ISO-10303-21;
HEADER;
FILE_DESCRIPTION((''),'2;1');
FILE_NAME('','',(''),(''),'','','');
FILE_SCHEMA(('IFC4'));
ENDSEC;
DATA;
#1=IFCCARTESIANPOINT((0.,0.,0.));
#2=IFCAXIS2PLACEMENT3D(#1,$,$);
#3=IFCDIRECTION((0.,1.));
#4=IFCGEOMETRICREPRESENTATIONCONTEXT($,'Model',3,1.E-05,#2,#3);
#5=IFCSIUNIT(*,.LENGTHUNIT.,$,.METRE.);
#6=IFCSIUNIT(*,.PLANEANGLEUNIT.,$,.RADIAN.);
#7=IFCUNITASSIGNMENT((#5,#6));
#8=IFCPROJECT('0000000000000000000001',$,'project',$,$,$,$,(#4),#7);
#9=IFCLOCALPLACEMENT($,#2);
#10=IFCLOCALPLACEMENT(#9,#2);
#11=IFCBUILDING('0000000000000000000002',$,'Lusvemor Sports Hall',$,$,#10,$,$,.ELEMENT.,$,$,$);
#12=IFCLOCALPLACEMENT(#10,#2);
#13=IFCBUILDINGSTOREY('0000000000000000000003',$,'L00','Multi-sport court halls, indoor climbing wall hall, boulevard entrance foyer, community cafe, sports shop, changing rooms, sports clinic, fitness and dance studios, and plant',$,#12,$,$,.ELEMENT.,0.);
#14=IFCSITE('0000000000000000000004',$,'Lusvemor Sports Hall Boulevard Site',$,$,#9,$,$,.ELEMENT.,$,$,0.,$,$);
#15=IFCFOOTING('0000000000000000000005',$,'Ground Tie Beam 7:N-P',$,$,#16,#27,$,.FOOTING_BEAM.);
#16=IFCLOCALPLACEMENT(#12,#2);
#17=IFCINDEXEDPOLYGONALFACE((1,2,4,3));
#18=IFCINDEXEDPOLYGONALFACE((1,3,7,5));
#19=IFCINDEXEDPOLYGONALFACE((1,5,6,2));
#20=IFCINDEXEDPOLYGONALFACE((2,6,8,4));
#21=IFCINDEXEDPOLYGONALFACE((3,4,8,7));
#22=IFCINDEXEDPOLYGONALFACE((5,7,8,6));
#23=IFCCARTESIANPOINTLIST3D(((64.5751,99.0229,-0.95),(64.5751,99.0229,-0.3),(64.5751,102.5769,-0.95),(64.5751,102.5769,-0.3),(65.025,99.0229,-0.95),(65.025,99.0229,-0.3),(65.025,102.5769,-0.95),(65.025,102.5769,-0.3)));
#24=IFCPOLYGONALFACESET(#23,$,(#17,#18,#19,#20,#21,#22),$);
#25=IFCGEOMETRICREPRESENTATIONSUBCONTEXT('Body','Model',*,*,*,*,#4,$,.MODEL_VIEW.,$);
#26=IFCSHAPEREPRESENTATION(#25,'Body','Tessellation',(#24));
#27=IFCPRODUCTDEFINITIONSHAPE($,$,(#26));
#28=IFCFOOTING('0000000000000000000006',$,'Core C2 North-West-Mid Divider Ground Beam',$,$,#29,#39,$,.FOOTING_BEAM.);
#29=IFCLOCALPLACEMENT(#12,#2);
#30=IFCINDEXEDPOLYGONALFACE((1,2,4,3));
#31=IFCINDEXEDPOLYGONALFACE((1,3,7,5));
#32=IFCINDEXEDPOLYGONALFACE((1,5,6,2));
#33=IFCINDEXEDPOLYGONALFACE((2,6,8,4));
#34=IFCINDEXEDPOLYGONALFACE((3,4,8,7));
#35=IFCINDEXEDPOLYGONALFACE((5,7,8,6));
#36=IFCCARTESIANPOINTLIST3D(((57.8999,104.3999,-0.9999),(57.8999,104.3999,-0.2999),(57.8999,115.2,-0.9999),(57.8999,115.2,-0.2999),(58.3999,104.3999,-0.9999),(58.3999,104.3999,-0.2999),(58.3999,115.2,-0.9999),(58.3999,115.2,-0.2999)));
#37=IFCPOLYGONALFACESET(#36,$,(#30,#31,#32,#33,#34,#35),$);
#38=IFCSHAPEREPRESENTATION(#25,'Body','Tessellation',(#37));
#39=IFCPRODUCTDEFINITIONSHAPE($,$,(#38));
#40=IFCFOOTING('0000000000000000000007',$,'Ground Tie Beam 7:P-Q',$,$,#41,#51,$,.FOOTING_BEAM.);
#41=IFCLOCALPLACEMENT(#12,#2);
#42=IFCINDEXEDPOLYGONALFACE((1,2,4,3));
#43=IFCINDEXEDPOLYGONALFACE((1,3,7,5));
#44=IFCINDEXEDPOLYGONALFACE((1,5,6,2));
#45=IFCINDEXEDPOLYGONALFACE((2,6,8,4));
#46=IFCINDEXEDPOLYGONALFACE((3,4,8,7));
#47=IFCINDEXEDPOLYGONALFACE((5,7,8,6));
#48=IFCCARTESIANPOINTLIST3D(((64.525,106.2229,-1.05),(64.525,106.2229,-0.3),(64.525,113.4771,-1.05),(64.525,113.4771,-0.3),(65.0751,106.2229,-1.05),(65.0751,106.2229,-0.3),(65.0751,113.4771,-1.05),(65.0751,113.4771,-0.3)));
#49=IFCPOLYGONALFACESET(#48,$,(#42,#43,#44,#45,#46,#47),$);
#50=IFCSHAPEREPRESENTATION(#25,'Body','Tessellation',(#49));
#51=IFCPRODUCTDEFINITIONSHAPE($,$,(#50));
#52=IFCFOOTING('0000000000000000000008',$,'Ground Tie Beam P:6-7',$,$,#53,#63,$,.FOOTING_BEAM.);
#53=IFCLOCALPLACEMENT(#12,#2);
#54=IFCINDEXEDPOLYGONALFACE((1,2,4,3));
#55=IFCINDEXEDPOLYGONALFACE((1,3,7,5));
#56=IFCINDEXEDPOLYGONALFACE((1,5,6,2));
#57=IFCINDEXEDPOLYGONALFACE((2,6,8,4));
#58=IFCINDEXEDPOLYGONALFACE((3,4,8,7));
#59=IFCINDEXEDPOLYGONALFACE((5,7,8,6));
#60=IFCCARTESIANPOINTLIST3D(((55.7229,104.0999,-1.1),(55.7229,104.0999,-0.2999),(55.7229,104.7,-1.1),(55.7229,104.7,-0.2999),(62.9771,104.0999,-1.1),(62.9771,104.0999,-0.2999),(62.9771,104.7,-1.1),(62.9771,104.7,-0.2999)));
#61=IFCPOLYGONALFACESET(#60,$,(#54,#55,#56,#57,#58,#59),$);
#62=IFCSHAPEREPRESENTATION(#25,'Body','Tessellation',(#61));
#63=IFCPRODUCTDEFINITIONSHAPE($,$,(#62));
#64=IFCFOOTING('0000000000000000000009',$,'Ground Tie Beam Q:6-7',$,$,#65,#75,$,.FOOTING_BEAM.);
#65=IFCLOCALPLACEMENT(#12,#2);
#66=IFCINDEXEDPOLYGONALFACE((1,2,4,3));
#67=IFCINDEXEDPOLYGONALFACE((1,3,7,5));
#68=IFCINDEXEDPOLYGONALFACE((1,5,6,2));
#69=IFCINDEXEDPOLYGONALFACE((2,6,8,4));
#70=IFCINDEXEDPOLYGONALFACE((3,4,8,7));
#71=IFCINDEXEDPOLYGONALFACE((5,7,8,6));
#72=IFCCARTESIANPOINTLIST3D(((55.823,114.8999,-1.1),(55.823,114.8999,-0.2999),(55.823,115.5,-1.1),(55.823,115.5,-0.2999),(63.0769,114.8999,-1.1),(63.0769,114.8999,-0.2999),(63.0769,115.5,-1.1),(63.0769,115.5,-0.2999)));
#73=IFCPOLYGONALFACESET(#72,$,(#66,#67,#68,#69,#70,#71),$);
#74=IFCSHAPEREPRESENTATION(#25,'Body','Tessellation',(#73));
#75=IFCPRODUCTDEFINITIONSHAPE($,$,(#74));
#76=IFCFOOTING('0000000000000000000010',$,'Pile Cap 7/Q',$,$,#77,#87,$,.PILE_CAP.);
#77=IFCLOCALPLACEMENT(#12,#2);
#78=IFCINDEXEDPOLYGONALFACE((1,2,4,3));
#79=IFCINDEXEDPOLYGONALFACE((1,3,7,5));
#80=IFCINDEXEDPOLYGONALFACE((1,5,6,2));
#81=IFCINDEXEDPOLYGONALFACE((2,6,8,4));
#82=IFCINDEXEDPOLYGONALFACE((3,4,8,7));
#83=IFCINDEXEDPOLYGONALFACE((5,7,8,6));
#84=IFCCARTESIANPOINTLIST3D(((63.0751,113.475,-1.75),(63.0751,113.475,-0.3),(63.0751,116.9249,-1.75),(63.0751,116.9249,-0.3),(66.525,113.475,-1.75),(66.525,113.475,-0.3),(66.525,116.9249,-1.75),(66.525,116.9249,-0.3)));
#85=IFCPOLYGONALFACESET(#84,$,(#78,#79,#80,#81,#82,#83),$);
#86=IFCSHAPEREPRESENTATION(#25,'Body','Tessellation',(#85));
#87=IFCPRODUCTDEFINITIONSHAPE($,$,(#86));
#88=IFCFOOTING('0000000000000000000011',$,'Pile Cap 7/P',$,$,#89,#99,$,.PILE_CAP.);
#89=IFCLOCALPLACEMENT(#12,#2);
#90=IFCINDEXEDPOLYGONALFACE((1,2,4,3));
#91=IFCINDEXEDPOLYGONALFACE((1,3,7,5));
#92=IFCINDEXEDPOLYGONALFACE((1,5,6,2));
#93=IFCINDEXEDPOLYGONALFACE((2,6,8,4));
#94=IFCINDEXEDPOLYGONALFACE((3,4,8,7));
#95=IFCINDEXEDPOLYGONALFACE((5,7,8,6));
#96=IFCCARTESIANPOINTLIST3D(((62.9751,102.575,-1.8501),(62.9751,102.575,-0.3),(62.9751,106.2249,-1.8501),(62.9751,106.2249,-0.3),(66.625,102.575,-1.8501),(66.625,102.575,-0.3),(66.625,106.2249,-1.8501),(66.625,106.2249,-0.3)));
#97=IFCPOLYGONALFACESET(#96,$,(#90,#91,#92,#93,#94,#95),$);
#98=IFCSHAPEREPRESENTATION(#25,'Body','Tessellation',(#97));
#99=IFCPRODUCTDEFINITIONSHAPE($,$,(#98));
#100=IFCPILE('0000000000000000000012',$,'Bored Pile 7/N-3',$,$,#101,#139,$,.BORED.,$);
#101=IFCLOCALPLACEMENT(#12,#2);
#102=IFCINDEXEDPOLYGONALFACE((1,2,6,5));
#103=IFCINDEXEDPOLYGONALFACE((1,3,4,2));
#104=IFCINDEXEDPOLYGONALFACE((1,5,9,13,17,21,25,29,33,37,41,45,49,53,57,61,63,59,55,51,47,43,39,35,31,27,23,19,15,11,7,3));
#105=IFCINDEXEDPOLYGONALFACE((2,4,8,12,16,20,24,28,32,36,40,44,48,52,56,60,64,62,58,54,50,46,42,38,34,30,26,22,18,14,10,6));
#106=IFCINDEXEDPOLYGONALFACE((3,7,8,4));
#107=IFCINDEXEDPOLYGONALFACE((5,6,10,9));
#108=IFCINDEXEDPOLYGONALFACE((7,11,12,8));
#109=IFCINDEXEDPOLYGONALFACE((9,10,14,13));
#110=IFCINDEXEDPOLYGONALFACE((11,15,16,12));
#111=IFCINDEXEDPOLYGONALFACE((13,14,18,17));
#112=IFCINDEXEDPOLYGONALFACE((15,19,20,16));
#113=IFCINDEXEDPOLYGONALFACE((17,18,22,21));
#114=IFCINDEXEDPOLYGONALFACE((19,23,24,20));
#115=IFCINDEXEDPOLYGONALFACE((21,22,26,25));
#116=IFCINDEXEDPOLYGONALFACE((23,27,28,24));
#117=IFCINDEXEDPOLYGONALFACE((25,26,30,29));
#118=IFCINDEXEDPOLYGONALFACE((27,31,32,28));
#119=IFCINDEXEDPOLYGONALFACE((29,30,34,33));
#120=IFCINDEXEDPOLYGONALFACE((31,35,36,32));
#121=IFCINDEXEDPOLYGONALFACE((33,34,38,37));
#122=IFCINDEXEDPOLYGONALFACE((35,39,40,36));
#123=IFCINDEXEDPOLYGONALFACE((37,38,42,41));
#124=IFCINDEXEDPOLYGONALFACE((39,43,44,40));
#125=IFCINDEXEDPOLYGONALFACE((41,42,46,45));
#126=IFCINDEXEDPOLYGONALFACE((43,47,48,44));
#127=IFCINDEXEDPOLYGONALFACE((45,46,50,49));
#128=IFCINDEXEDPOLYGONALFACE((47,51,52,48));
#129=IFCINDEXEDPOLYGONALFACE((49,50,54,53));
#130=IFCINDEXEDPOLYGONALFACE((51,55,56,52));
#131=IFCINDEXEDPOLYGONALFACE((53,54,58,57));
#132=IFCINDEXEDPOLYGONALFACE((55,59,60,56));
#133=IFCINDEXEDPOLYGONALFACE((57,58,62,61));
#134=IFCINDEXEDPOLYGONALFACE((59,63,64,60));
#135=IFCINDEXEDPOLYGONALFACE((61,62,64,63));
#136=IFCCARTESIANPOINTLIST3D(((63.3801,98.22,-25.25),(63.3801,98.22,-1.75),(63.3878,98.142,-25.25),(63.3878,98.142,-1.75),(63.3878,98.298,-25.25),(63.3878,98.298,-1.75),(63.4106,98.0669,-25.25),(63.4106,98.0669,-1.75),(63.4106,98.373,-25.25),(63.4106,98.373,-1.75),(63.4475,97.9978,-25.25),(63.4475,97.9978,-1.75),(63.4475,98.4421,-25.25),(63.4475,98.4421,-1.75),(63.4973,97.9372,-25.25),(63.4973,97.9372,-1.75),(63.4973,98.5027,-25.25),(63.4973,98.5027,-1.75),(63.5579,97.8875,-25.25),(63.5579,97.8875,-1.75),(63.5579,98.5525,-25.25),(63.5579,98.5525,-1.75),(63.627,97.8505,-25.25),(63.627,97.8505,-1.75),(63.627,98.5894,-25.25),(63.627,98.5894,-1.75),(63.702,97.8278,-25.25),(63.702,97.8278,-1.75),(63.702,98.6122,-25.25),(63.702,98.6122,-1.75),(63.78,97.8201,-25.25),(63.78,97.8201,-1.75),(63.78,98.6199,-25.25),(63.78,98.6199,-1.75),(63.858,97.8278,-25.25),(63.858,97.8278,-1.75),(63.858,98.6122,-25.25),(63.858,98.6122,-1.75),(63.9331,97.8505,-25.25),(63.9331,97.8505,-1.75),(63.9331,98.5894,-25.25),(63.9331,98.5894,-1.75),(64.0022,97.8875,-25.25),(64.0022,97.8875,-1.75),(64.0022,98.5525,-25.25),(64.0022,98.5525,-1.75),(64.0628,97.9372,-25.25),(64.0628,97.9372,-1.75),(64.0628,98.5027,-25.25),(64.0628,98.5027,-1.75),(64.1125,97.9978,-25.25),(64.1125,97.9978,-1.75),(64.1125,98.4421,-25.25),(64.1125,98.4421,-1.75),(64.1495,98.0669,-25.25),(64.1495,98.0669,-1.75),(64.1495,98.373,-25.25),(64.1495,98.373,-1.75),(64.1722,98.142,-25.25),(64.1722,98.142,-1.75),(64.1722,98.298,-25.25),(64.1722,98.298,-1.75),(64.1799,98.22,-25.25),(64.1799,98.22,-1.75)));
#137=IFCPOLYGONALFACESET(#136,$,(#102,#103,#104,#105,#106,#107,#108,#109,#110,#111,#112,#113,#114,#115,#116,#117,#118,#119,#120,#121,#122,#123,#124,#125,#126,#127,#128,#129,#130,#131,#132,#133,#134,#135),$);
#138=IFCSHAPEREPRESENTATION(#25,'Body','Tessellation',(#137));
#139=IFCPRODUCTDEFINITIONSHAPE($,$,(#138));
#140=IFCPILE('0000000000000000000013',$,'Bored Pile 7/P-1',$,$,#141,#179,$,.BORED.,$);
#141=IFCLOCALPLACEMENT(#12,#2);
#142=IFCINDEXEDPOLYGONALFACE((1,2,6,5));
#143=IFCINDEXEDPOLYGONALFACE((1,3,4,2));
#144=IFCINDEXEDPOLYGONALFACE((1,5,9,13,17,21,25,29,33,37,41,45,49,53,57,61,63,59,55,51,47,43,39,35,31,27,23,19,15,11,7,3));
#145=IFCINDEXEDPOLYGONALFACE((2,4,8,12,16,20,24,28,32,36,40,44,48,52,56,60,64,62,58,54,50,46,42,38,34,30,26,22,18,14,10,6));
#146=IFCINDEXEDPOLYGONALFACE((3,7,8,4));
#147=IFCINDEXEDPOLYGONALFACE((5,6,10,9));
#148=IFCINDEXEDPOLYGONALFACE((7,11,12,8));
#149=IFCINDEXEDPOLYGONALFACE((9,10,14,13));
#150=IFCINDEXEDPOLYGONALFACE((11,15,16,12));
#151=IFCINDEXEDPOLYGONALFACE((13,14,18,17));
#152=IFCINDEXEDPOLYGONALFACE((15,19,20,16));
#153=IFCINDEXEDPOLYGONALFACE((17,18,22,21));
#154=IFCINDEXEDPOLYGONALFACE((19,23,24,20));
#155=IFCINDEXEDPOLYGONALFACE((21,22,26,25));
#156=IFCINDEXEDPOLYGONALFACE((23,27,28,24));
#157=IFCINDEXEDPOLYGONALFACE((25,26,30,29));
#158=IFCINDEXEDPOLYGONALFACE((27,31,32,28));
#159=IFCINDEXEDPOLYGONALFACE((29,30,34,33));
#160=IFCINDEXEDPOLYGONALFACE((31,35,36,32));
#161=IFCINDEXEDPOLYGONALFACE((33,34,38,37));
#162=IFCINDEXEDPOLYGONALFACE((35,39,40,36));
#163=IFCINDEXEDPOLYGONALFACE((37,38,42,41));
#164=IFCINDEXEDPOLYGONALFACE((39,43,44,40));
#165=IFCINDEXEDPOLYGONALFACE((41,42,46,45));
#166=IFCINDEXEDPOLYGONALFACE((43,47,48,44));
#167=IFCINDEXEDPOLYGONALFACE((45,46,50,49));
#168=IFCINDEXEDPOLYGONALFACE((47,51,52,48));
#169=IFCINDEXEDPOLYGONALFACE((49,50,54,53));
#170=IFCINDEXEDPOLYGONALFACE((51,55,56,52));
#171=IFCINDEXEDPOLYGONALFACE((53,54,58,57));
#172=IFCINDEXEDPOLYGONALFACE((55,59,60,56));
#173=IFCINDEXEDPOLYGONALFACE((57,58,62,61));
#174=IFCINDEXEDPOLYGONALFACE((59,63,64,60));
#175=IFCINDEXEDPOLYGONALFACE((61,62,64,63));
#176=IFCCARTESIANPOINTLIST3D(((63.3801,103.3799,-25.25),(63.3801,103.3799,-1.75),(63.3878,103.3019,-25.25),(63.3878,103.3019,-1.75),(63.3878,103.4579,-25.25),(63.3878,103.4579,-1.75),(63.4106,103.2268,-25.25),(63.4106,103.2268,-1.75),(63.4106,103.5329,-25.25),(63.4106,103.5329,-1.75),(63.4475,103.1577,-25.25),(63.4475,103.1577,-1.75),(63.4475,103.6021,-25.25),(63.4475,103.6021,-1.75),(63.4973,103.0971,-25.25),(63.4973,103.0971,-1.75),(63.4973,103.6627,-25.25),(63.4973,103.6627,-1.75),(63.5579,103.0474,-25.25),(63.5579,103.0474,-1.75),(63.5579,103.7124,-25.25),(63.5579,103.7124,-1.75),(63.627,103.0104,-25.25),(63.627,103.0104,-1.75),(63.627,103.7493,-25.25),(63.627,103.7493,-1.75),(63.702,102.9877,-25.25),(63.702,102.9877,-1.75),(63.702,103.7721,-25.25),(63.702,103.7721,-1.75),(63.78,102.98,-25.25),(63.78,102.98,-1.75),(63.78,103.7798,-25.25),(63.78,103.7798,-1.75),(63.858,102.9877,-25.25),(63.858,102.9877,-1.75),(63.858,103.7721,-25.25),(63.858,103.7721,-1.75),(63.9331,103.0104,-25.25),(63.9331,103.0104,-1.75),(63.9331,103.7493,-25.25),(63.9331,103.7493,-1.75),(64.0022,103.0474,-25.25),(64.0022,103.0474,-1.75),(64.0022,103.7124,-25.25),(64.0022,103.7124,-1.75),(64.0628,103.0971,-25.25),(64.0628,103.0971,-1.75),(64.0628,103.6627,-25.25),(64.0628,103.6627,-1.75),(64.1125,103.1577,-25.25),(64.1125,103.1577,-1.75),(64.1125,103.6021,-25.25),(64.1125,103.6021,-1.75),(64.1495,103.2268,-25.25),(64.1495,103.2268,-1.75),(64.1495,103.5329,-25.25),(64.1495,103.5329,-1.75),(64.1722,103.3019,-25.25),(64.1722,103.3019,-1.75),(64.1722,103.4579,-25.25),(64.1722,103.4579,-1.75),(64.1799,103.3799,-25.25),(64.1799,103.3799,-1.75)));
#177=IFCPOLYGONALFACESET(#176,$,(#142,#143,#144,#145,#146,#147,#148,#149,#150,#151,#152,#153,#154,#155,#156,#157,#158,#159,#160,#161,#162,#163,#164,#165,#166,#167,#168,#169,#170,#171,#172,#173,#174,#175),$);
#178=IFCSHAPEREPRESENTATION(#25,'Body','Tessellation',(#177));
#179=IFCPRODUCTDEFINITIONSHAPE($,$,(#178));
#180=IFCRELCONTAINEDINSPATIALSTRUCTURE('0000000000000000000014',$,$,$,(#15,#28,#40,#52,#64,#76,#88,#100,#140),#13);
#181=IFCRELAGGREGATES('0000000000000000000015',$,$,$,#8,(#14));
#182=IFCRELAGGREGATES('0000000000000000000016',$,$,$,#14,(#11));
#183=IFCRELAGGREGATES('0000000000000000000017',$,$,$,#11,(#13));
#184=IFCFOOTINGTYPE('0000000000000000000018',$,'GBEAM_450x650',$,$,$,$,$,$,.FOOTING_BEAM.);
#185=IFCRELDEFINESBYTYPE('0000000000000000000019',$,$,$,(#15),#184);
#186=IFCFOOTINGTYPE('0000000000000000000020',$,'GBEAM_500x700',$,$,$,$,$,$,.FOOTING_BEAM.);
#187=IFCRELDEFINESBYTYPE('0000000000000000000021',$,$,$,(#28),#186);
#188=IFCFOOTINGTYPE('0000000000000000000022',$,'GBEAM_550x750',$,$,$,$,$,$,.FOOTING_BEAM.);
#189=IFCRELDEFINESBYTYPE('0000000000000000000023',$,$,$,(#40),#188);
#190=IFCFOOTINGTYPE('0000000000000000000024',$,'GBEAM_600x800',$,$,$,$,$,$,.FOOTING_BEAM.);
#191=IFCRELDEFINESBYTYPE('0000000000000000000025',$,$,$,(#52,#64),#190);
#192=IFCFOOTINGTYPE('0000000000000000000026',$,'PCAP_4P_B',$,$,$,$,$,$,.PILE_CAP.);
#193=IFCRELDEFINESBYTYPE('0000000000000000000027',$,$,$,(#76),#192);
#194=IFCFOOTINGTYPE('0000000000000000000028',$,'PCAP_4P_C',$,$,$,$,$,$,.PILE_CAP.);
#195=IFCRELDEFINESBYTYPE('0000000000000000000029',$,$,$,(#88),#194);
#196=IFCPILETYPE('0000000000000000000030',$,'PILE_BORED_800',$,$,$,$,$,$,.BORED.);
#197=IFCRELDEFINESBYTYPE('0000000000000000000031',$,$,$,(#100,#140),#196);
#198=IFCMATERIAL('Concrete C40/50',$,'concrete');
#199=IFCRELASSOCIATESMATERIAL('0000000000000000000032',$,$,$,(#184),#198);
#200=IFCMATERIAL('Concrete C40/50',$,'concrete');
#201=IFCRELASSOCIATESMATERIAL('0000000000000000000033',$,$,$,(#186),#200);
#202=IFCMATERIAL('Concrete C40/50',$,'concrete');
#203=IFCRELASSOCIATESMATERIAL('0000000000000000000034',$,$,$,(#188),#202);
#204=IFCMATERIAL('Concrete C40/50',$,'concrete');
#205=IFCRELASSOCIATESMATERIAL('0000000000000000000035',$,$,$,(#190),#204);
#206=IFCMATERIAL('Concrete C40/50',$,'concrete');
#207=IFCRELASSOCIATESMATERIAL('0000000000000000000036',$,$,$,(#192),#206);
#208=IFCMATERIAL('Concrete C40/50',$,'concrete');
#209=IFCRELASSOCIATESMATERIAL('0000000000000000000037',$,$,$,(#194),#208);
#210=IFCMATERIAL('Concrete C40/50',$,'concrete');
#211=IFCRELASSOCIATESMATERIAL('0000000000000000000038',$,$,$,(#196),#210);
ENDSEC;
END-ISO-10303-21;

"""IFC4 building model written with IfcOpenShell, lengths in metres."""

from ifc_helpers import new_model, si_unit, direction, frame, origin, origin_2d, place, context, subcontext, project, spatial, rectangle, circle, extrude, material, material_profile, profile_set, type_object, element, save


model = new_model("IFC4")

# Units and contexts
model_context = context("Model", 3, precision=1e-05, world=origin(), true_north=direction((0.0, 1.0)))
body_context = subcontext(model_context, "Body", "Model", "MODEL_VIEW")
ifc_project = project(units=[si_unit("LENGTHUNIT", "METRE"), si_unit("PLANEANGLEUNIT", "RADIAN")], contexts=[model_context])

# Site, building, storey
site_placement = place(None, origin())
site = spatial("IfcSite", under=ifc_project, at=site_placement, Name="Lusvemor Sports Hall Boulevard Site", CompositionType="ELEMENT", RefElevation=0.0)
building_placement = place(site_placement, origin())
building = spatial("IfcBuilding", under=site, at=building_placement, Name="Lusvemor Sports Hall", CompositionType="ELEMENT")
storey_placement = place(building_placement, origin())
storey = spatial("IfcBuildingStorey", under=building, at=storey_placement, Name="L00", Description="Multi-sport court halls, indoor climbing wall hall, boulevard entrance foyer, community cafe, sports shop, changing rooms, sports clinic, fitness and dance studios, and plant", CompositionType="ELEMENT", Elevation=0.0)

# Footings
ifc_material_1 = material(Name="Concrete C40/50", Category="concrete")
ifc_material_profile_1 = material_profile(ifc_material_1, rectangle(XDim=0.45, YDim=0.6499, at=origin_2d()), Name="GB_450x650")
ifc_profile_set_1 = profile_set([ifc_material_profile_1], Name="Concrete C40/50")
footing_type_1 = type_object("IfcFootingType", Name="GBEAM_450x650", PredefinedType="FOOTING_BEAM", material=ifc_profile_set_1)
footing_1_placement = place(storey_placement, frame((64.8, 99.0229, -0.625), z_axis=(0.0, 1.0, 0.0), x_axis=(-1.0, 0.0, 0.0)))
element("IfcFooting", 1, at=footing_1_placement, inside=storey, type_object=footing_type_1, Name="Ground Tie Beam 7:N-P", PredefinedType="FOOTING_BEAM", context=body_context, shape_type="SweptSolid", body=[
    extrude(rectangle(XDim=0.45, YDim=0.6499, at=origin_2d()), origin(), (0.0, 0.0, 1.0), 3.554),
])
ifc_material_2 = material(Name="Concrete C40/50", Category="concrete")
ifc_material_profile_2 = material_profile(ifc_material_2, rectangle(XDim=0.5, YDim=0.7, at=origin_2d()), Name="GB_500x700")
ifc_profile_set_2 = profile_set([ifc_material_profile_2], Name="Concrete C40/50")
footing_type_2 = type_object("IfcFootingType", Name="GBEAM_500x700", PredefinedType="FOOTING_BEAM", material=ifc_profile_set_2)
footing_2_placement = place(storey_placement, frame((58.1499, 104.3999, -0.6499), z_axis=(0.0, 1.0, 0.0), x_axis=(-1.0, 0.0, 0.0)))
element("IfcFooting", 2, at=footing_2_placement, inside=storey, type_object=footing_type_2, Name="Core C2 North-West-Mid Divider Ground Beam", PredefinedType="FOOTING_BEAM", context=body_context, shape_type="SweptSolid", body=[
    extrude(rectangle(XDim=0.5, YDim=0.7, at=origin_2d()), origin(), (0.0, 0.0, 1.0), 10.8),
])
ifc_material_3 = material(Name="Concrete C40/50", Category="concrete")
ifc_material_profile_3 = material_profile(ifc_material_3, rectangle(XDim=0.55, YDim=0.75, at=origin_2d()), Name="GB_550x750")
ifc_profile_set_3 = profile_set([ifc_material_profile_3], Name="Concrete C40/50")
footing_type_3 = type_object("IfcFootingType", Name="GBEAM_550x750", PredefinedType="FOOTING_BEAM", material=ifc_profile_set_3)
footing_3_placement = place(storey_placement, frame((64.8, 106.2229, -0.675), z_axis=(0.0, 1.0, 0.0), x_axis=(-1.0, 0.0, 0.0)))
element("IfcFooting", 3, at=footing_3_placement, inside=storey, type_object=footing_type_3, Name="Ground Tie Beam 7:P-Q", PredefinedType="FOOTING_BEAM", context=body_context, shape_type="SweptSolid", body=[
    extrude(rectangle(XDim=0.55, YDim=0.75, at=origin_2d()), origin(), (0.0, 0.0, 1.0), 7.2542),
])
ifc_material_4 = material(Name="Concrete C40/50", Category="concrete")
ifc_material_profile_4 = material_profile(ifc_material_4, rectangle(XDim=0.6001, YDim=0.8, at=origin_2d()), Name="GB_600x800")
ifc_profile_set_4 = profile_set([ifc_material_profile_4], Name="Concrete C40/50")
footing_type_4 = type_object("IfcFootingType", Name="GBEAM_600x800", PredefinedType="FOOTING_BEAM", material=ifc_profile_set_4)
footing_4_placement = place(storey_placement, frame((55.7229, 104.3999, -0.7), z_axis=(1.0, 0.0, 0.0), x_axis=(0.0, 1.0, 0.0)))
element("IfcFooting", 4, at=footing_4_placement, inside=storey, type_object=footing_type_4, Name="Ground Tie Beam P:6-7", PredefinedType="FOOTING_BEAM", context=body_context, shape_type="SweptSolid", body=[
    extrude(rectangle(XDim=0.6001, YDim=0.8, at=origin_2d()), origin(), (0.0, 0.0, 1.0), 7.2542),
])
footing_5_placement = place(storey_placement, frame((55.823, 115.2, -0.7), z_axis=(1.0, 0.0, 0.0), x_axis=(0.0, 1.0, 0.0)))
element("IfcFooting", 5, at=footing_5_placement, inside=storey, type_object=footing_type_4, Name="Ground Tie Beam Q:6-7", PredefinedType="FOOTING_BEAM", context=body_context, shape_type="SweptSolid", body=[
    extrude(rectangle(XDim=0.6001, YDim=0.8, at=origin_2d()), origin(), (0.0, 0.0, 1.0), 7.2539),
])
ifc_material_5 = material(Name="Concrete C40/50", Category="concrete")
footing_type_5 = type_object("IfcFootingType", Name="PCAP_4P_B", PredefinedType="PILE_CAP", material=ifc_material_5)
footing_6_placement = place(storey_placement, frame((64.8, 115.2, -1.75), z_axis=(0.0, 0.0, 1.0), x_axis=(1.0, 0.0, 0.0)))
element("IfcFooting", 6, at=footing_6_placement, inside=storey, type_object=footing_type_5, Name="Pile Cap 7/Q", PredefinedType="PILE_CAP", context=body_context, shape_type="SweptSolid", body=[
    extrude(rectangle(XDim=3.45, YDim=3.45, at=origin_2d()), origin(), (0.0, 0.0, 1.0), 1.45),
])
ifc_material_6 = material(Name="Concrete C40/50", Category="concrete")
footing_type_6 = type_object("IfcFootingType", Name="PCAP_4P_C", PredefinedType="PILE_CAP", material=ifc_material_6)
footing_7_placement = place(storey_placement, frame((64.8, 104.3999, -1.8501), z_axis=(0.0, 0.0, 1.0), x_axis=(1.0, 0.0, 0.0)))
element("IfcFooting", 7, at=footing_7_placement, inside=storey, type_object=footing_type_6, Name="Pile Cap 7/P", PredefinedType="PILE_CAP", context=body_context, shape_type="SweptSolid", body=[
    extrude(rectangle(XDim=3.6499, YDim=3.6499, at=origin_2d()), origin(), (0.0, 0.0, 1.0), 1.55),
])

# Piles
ifc_material_7 = material(Name="Concrete C40/50", Category="concrete")
ifc_material_profile_5 = material_profile(ifc_material_7, circle(Radius=0.3999, at=origin_2d()), Name="PILE800")
ifc_profile_set_5 = profile_set([ifc_material_profile_5], Name="Concrete C40/50")
pile_type = type_object("IfcPileType", Name="PILE_BORED_800", PredefinedType="BORED", material=ifc_profile_set_5)
for number, where, z_axis, x_axis, name in (
    (8, (63.78, 98.22, -1.75), (0.0, 0.0, -1.0), (1.0, 0.0, 0.0), "Bored Pile 7/N-3"),
    (9, (63.78, 103.3799, -1.75), (0.0, 0.0, -1.0), (1.0, 0.0, 0.0), "Bored Pile 7/P-1"),
):
    element("IfcPile", number, at=place(storey_placement, frame(where, z_axis=z_axis, x_axis=x_axis)), inside=storey, type_object=pile_type, Name=name, PredefinedType="BORED", context=body_context, shape_type="SweptSolid", body=[
        extrude(circle(Radius=0.3999, at=origin_2d()), origin(), (0.0, 0.0, 1.0), 23.5),
    ])

save(model, "model.ifc")
